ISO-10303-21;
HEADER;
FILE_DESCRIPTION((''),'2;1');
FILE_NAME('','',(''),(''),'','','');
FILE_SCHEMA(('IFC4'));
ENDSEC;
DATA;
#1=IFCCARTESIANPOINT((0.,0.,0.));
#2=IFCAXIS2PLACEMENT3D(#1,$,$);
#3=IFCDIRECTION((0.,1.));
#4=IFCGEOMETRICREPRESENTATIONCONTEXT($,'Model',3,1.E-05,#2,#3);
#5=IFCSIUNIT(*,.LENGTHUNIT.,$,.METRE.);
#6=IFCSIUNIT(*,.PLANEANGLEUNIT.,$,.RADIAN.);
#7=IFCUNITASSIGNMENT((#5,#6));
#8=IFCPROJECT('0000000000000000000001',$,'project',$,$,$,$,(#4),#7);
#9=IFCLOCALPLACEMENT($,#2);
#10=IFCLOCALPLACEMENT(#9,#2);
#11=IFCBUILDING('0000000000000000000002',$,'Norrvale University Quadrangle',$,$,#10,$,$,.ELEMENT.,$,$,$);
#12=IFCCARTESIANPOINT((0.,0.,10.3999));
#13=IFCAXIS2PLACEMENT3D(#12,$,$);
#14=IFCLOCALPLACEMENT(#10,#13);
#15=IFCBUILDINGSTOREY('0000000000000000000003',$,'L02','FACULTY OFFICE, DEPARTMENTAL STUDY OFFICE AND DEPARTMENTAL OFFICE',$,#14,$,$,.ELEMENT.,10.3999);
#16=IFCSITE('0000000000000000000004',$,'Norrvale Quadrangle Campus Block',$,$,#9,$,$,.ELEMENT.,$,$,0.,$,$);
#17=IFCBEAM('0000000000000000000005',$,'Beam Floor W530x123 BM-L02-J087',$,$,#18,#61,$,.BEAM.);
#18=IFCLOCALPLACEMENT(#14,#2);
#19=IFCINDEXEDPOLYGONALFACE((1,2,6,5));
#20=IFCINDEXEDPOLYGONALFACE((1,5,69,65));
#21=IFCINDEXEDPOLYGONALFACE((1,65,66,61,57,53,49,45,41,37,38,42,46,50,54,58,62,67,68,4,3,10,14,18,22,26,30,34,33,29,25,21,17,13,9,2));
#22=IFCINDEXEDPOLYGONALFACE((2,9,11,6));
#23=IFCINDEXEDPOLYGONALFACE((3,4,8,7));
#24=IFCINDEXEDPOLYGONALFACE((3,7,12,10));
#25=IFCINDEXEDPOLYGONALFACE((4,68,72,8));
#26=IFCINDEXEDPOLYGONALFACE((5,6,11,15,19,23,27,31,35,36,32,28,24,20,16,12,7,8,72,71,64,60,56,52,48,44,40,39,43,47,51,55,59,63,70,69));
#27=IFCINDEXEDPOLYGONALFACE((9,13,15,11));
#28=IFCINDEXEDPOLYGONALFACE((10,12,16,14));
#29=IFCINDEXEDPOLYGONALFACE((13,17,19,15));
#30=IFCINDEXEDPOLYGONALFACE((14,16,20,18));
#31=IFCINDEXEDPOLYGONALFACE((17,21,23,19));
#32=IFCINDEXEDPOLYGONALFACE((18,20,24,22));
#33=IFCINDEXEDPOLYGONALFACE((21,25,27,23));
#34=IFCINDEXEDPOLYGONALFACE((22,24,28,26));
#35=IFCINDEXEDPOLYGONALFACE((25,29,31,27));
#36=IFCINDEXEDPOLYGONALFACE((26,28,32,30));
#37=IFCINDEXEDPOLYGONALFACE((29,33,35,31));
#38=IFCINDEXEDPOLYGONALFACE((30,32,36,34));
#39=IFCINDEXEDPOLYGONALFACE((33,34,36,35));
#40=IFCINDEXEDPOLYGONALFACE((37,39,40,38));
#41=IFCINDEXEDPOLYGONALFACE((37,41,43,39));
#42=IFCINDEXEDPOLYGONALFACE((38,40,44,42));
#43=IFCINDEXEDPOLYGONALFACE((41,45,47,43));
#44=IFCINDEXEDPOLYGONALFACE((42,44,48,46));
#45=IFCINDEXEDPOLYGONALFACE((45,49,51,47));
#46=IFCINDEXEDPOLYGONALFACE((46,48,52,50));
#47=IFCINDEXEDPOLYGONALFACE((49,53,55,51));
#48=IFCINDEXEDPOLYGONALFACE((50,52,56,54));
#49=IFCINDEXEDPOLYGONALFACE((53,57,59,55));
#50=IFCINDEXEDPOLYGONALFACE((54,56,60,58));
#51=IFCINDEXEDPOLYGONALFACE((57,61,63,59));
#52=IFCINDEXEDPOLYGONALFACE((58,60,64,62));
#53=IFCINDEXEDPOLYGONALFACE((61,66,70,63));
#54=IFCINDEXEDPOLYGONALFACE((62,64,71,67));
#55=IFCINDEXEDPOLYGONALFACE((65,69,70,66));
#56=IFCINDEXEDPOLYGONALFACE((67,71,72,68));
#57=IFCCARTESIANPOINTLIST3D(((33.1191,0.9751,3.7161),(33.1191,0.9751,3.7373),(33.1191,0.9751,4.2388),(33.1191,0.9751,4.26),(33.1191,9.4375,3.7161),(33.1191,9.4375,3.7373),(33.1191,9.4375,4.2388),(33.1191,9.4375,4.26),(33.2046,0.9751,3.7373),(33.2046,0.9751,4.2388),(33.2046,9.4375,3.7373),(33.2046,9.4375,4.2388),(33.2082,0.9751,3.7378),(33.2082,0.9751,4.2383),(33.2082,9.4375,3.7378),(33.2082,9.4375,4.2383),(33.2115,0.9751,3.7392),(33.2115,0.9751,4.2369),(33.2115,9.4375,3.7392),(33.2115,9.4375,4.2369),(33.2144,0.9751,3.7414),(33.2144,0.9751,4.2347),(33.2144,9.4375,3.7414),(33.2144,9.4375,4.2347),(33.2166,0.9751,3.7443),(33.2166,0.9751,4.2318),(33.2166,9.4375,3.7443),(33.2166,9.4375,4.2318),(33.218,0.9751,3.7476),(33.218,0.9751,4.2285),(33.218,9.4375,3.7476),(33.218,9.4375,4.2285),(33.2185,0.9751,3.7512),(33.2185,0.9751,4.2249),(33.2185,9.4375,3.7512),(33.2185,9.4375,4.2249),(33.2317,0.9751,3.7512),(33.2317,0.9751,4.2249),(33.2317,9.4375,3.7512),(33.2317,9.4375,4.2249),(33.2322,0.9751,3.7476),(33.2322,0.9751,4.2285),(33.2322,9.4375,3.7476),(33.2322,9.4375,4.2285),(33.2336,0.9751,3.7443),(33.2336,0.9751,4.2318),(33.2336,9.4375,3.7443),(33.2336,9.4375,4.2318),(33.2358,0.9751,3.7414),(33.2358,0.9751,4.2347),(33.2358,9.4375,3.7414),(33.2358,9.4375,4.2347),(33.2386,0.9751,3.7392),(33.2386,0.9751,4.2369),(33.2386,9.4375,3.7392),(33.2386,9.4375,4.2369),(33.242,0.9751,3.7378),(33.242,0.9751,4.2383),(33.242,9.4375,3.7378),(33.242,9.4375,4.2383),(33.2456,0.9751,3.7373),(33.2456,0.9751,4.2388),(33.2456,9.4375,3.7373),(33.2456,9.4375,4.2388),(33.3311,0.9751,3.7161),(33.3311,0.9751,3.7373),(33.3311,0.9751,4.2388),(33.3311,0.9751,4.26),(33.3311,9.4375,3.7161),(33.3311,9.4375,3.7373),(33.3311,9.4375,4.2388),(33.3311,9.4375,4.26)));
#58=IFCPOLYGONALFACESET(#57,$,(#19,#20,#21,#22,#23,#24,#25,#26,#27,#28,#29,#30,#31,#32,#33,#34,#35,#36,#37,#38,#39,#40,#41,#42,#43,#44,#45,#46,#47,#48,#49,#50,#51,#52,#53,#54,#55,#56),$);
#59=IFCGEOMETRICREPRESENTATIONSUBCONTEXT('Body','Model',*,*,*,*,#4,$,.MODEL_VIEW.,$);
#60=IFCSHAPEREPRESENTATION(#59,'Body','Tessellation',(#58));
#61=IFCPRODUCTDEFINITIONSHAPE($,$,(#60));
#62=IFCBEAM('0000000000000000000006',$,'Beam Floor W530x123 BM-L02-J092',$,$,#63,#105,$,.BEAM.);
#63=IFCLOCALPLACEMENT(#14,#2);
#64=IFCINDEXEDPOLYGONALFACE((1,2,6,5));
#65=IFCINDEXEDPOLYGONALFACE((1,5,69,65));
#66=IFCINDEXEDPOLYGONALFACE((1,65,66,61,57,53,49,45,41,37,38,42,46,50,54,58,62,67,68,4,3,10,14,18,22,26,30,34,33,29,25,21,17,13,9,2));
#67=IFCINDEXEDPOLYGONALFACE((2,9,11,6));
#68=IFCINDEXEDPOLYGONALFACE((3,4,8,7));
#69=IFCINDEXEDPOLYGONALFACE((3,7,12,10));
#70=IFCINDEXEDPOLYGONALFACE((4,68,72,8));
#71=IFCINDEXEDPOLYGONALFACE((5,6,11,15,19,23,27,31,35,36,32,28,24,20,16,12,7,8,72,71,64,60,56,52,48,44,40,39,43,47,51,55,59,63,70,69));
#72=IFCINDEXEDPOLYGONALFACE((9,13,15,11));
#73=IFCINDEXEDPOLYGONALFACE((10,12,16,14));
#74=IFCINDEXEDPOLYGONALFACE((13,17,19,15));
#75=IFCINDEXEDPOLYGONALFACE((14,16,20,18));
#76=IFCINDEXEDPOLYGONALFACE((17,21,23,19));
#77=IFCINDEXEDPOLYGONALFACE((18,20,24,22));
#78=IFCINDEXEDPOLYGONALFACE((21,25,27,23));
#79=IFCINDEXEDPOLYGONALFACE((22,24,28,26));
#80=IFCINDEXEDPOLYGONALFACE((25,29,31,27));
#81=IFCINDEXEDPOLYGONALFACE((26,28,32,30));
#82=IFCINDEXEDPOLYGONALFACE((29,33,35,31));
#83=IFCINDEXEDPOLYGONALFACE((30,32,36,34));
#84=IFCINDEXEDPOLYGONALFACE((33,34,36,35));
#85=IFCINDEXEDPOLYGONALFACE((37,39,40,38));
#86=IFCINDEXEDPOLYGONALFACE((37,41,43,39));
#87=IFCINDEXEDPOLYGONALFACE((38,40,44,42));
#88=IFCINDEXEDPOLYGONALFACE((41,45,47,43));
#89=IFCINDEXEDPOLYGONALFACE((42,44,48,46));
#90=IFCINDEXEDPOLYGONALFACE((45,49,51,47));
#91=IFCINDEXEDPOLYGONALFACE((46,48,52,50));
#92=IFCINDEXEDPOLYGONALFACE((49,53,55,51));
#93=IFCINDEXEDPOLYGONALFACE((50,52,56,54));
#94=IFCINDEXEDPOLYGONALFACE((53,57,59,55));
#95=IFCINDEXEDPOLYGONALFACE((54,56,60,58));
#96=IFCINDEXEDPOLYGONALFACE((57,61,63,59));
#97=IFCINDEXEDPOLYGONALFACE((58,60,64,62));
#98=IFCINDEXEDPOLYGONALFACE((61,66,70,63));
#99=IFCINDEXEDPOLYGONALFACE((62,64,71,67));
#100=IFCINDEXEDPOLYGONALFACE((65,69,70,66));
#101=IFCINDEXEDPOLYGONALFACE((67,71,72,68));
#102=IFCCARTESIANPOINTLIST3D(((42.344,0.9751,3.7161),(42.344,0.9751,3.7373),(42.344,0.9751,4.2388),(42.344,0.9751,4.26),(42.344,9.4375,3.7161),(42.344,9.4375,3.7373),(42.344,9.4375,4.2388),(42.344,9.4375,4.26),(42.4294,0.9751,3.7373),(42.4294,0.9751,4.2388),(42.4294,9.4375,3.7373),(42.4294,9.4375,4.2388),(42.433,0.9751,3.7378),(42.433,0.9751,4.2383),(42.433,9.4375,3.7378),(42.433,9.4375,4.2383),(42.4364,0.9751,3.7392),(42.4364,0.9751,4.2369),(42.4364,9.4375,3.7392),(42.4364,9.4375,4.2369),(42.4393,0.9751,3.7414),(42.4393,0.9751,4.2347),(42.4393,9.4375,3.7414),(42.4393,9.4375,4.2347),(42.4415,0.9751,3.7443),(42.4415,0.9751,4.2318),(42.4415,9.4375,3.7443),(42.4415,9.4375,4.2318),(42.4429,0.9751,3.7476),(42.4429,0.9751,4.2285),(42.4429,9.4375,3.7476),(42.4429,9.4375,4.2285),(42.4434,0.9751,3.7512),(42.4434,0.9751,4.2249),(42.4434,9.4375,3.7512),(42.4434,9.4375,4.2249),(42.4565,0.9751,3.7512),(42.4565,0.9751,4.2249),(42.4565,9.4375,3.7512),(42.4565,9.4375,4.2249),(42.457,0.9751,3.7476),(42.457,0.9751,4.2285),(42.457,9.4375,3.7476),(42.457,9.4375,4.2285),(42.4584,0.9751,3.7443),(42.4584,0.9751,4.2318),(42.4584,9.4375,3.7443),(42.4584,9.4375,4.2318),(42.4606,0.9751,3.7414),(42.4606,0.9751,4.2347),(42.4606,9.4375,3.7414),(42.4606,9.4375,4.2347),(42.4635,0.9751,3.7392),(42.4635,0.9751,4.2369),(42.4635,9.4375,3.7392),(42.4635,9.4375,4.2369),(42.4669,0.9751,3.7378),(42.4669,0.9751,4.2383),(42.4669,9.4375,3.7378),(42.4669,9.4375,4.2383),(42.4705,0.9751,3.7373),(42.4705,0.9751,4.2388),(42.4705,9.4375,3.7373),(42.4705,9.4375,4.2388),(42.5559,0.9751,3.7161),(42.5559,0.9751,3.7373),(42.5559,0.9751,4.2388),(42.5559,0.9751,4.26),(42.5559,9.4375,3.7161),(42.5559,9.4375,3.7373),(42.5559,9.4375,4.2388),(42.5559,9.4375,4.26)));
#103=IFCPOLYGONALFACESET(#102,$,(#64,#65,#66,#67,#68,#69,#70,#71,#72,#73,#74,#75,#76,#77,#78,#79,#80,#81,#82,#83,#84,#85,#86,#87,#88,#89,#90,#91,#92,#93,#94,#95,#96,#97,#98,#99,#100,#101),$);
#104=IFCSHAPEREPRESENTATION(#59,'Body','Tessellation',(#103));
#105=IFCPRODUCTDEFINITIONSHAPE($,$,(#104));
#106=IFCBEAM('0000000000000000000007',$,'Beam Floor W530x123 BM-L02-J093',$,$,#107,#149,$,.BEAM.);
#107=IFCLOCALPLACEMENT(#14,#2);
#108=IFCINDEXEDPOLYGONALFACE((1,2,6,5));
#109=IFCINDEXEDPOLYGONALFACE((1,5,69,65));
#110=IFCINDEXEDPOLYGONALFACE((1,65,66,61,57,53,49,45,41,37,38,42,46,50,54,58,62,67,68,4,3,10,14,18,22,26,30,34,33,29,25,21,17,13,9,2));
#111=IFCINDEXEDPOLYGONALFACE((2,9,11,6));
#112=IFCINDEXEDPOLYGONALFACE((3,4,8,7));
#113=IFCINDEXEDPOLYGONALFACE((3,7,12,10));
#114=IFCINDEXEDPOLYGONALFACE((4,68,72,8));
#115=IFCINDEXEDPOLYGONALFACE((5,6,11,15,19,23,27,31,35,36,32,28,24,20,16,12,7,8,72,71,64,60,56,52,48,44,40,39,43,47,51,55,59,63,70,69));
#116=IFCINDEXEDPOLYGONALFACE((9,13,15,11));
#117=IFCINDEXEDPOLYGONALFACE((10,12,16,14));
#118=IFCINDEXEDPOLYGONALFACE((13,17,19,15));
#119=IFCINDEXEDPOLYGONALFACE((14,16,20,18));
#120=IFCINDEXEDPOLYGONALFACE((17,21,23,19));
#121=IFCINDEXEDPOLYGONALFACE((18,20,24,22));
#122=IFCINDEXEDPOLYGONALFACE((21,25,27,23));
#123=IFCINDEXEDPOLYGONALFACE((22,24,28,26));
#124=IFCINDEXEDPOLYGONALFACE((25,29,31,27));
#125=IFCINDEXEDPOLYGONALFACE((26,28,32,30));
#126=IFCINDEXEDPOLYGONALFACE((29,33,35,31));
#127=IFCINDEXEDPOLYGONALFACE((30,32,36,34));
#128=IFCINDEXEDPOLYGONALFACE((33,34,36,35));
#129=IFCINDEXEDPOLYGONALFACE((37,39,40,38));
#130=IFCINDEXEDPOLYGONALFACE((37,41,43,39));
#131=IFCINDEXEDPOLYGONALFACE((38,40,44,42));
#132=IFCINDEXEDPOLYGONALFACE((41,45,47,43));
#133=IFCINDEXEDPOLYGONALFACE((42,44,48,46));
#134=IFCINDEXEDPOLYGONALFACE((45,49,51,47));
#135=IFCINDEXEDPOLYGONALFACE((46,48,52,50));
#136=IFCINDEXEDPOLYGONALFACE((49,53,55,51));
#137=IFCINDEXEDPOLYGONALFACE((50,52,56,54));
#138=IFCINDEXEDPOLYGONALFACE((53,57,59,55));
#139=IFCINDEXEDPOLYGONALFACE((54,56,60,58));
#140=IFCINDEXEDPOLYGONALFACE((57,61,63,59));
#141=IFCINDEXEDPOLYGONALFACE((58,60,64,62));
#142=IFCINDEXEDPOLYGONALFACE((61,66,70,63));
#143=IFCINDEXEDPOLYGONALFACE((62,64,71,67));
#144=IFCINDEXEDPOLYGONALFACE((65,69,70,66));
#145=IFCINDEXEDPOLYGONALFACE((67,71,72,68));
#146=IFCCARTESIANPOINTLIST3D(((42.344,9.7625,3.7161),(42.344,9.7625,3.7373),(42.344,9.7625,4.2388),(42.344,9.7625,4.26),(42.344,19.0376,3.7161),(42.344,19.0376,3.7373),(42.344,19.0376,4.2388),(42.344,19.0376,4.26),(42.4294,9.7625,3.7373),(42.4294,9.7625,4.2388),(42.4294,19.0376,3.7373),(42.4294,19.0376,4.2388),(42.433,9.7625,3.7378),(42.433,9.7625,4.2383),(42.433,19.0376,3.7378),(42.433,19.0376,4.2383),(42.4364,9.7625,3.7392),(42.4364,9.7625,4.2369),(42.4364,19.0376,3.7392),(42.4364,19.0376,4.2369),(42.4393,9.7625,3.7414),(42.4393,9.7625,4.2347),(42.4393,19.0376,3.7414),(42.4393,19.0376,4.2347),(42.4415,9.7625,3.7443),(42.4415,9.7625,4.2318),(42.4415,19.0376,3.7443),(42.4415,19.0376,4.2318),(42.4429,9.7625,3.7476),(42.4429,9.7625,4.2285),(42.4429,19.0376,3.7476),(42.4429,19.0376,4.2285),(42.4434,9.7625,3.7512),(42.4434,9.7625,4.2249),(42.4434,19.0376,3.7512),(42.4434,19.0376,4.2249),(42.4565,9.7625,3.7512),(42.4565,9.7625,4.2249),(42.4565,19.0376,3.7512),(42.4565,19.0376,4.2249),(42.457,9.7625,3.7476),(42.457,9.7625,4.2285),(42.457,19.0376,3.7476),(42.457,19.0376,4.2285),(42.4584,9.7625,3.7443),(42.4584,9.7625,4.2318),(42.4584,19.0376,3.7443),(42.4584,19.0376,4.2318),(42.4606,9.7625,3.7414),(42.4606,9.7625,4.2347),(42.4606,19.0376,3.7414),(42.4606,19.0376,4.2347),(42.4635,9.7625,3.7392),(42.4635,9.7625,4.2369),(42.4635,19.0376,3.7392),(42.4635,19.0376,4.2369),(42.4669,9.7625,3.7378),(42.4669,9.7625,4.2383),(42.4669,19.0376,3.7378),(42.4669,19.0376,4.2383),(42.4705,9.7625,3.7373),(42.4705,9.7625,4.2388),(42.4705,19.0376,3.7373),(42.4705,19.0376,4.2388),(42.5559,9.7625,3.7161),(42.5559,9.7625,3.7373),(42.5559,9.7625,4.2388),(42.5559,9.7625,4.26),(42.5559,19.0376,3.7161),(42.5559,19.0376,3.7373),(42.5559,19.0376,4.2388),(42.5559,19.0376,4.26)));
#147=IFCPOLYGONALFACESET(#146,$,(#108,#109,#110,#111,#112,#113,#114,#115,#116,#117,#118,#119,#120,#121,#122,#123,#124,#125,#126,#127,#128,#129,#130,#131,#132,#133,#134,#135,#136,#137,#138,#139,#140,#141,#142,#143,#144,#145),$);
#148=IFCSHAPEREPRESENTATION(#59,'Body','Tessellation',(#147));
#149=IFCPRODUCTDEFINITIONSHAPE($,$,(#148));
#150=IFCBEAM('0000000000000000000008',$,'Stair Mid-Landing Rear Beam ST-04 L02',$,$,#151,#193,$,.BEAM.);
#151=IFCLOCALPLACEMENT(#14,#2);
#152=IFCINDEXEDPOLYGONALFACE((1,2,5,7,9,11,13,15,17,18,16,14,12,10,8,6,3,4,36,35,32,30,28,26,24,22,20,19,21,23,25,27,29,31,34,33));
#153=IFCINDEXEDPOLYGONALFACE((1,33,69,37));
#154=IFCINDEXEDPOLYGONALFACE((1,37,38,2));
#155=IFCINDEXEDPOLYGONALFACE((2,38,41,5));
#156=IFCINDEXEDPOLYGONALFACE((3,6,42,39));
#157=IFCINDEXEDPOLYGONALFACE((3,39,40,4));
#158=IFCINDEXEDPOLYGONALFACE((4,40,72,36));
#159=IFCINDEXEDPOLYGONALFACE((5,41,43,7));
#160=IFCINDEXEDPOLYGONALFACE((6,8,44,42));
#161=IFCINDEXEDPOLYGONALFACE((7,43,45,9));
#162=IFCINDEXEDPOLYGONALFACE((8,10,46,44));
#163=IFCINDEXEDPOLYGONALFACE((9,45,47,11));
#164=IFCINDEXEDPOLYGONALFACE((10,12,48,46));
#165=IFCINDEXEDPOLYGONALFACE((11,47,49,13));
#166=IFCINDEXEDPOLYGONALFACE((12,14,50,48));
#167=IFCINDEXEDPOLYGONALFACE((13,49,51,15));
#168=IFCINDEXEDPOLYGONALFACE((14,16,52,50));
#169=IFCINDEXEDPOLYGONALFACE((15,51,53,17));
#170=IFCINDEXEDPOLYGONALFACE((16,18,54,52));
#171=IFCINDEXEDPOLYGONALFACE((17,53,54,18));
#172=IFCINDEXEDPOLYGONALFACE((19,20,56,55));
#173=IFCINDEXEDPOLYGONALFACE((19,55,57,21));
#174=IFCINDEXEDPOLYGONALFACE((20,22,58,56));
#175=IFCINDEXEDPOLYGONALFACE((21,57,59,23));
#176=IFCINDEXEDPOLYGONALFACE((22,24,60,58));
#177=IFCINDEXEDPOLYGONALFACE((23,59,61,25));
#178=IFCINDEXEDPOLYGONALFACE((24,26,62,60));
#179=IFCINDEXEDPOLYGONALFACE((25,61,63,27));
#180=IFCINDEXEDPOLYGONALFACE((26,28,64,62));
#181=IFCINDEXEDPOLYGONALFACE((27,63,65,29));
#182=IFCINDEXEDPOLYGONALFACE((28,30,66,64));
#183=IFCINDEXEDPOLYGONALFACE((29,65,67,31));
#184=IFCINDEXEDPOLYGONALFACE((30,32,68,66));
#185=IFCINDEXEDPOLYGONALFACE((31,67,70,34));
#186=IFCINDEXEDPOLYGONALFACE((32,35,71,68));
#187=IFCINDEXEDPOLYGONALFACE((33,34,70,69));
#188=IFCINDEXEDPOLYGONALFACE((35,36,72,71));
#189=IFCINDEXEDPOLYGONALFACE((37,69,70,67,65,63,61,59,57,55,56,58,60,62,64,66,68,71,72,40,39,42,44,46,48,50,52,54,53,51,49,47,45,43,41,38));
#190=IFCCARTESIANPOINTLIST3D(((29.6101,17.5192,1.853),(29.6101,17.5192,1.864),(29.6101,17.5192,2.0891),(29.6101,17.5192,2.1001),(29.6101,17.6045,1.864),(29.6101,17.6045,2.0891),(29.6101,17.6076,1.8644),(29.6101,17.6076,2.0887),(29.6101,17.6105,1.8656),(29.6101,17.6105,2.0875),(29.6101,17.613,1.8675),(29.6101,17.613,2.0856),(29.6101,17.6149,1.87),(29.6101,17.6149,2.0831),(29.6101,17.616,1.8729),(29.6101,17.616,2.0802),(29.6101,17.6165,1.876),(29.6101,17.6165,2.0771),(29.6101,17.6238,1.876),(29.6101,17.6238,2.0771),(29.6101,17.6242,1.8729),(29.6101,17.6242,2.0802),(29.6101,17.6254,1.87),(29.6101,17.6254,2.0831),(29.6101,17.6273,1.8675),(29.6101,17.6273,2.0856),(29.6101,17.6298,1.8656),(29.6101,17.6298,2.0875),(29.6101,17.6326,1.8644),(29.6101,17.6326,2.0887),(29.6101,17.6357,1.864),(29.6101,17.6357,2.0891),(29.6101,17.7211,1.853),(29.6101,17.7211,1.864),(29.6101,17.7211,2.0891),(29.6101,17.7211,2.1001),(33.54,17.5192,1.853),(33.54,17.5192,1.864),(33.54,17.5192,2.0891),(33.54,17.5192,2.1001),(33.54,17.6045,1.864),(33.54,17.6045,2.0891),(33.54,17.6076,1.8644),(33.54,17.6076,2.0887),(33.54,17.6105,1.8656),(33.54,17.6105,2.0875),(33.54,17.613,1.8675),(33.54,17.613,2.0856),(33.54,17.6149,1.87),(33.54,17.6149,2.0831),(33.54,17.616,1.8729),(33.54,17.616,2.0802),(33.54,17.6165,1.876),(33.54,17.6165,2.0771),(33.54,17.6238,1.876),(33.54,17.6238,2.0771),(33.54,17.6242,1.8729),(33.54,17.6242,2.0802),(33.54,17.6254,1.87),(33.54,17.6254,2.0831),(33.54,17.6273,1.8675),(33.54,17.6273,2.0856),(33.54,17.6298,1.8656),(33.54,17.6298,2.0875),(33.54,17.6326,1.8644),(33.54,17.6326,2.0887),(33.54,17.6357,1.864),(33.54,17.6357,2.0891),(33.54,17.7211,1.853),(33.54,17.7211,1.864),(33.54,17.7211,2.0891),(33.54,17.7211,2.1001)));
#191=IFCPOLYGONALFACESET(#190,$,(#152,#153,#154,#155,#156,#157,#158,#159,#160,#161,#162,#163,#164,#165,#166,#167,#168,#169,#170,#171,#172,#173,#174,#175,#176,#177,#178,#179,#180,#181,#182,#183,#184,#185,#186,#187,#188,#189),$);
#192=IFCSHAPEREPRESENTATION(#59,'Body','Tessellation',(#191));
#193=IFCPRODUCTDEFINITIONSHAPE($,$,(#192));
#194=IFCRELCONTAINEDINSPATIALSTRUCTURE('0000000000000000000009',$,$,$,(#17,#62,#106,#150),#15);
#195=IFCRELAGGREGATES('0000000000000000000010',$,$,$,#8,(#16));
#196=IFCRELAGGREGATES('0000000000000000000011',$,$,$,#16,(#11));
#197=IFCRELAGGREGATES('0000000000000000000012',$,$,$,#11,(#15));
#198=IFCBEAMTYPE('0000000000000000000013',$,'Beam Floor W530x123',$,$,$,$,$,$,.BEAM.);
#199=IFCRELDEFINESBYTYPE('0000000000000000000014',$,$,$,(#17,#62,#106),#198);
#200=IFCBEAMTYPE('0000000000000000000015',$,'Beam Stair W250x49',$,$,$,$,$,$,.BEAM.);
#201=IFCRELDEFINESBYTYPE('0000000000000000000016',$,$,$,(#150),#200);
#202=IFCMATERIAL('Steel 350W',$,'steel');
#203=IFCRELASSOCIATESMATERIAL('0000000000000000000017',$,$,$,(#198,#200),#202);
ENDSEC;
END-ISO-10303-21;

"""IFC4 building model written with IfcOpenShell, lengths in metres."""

from ifc_helpers import new_model, si_unit, direction, frame, origin, origin_2d, place, context, subcontext, project, spatial, i_section, extrude, material, material_profile, profile_set, type_object, element, save


model = new_model("IFC4")

# Units and contexts
model_context = context("Model", 3, precision=1e-05, world=origin(), true_north=direction((0.0, 1.0)))
body_context = subcontext(model_context, "Body", "Model", "MODEL_VIEW")
ifc_project = project(units=[si_unit("LENGTHUNIT", "METRE"), si_unit("PLANEANGLEUNIT", "RADIAN")], contexts=[model_context])

# Site, building, storey
site_placement = place(None, origin())
site = spatial("IfcSite", under=ifc_project, at=site_placement, Name="Norrvale Quadrangle Campus Block", CompositionType="ELEMENT", RefElevation=0.0)
building_placement = place(site_placement, origin())
building = spatial("IfcBuilding", under=site, at=building_placement, Name="Norrvale University Quadrangle", CompositionType="ELEMENT")
storey_placement = place(building_placement, frame((0.0, 0.0, 10.3999)))
storey = spatial("IfcBuildingStorey", under=building, at=storey_placement, Name="L02", Description="FACULTY OFFICE, DEPARTMENTAL STUDY OFFICE AND DEPARTMENTAL OFFICE", CompositionType="ELEMENT", Elevation=10.3999)

# Beams
ifc_material_1 = material(Name="Steel 350W", Category="steel")
ifc_material_profile_1 = material_profile(ifc_material_1, i_section(OverallWidth=0.2119, OverallDepth=0.5439, WebThickness=0.0132, FlangeThickness=0.0212, FilletRadius=0.0139, at=origin_2d()), Name="Steel 350W")
ifc_profile_set_1 = profile_set([ifc_material_profile_1], Name="Steel 350W")
beam_type_1 = type_object("IfcBeamType", Name="Beam Floor W530x123", PredefinedType="BEAM", material=ifc_profile_set_1)
for number, where, z_axis, x_axis, name in (
    (1, (33.2251, 0.9751, 3.988), (0.0, 1.0, 0.0), (-1.0, 0.0, 0.0), "Beam Floor W530x123 BM-L02-J087"),
    (2, (42.45, 0.9751, 3.988), (0.0, 1.0, 0.0), (-1.0, 0.0, 0.0), "Beam Floor W530x123 BM-L02-J092"),
):
    element("IfcBeam", number, at=place(storey_placement, frame(where, z_axis=z_axis, x_axis=x_axis)), inside=storey, type_object=beam_type_1, Name=name, PredefinedType="BEAM", context=body_context, shape_type="SweptSolid", body=[
        extrude(i_section(OverallWidth=0.2119, OverallDepth=0.5439, WebThickness=0.0132, FlangeThickness=0.0212, FilletRadius=0.0139, at=origin_2d()), origin(), (0.0, 0.0, 1.0), 8.4624),
    ])
beam_1_placement = place(storey_placement, frame((42.45, 9.7625, 3.988), z_axis=(0.0, 1.0, 0.0), x_axis=(-1.0, 0.0, 0.0)))
element("IfcBeam", 3, at=beam_1_placement, inside=storey, type_object=beam_type_1, Name="Beam Floor W530x123 BM-L02-J093", PredefinedType="BEAM", context=body_context, shape_type="SweptSolid", body=[
    extrude(i_section(OverallWidth=0.2119, OverallDepth=0.5439, WebThickness=0.0132, FlangeThickness=0.0212, FilletRadius=0.0139, at=origin_2d()), origin(), (0.0, 0.0, 1.0), 9.2751),
])
ifc_material_profile_2 = material_profile(ifc_material_1, i_section(OverallWidth=0.2019, OverallDepth=0.2471, WebThickness=0.0073, FlangeThickness=0.011, FilletRadius=0.012, at=origin_2d()), Name="Steel 350W")
ifc_profile_set_2 = profile_set([ifc_material_profile_2], Name="Steel 350W")
beam_type_2 = type_object("IfcBeamType", Name="Beam Stair W250x49", PredefinedType="BEAM", material=ifc_profile_set_2)
beam_2_placement = place(storey_placement, frame((29.6101, 17.6201, 1.9766), z_axis=(1.0, 0.0, 0.0), x_axis=(0.0, 1.0, 0.0)))
element("IfcBeam", 4, at=beam_2_placement, inside=storey, type_object=beam_type_2, Name="Stair Mid-Landing Rear Beam ST-04 L02", PredefinedType="BEAM", context=body_context, shape_type="SweptSolid", body=[
    extrude(i_section(OverallWidth=0.2019, OverallDepth=0.2471, WebThickness=0.0073, FlangeThickness=0.011, FilletRadius=0.012, at=origin_2d()), origin(), (0.0, 0.0, 1.0), 3.9299),
])

save(model, "model.ifc")
